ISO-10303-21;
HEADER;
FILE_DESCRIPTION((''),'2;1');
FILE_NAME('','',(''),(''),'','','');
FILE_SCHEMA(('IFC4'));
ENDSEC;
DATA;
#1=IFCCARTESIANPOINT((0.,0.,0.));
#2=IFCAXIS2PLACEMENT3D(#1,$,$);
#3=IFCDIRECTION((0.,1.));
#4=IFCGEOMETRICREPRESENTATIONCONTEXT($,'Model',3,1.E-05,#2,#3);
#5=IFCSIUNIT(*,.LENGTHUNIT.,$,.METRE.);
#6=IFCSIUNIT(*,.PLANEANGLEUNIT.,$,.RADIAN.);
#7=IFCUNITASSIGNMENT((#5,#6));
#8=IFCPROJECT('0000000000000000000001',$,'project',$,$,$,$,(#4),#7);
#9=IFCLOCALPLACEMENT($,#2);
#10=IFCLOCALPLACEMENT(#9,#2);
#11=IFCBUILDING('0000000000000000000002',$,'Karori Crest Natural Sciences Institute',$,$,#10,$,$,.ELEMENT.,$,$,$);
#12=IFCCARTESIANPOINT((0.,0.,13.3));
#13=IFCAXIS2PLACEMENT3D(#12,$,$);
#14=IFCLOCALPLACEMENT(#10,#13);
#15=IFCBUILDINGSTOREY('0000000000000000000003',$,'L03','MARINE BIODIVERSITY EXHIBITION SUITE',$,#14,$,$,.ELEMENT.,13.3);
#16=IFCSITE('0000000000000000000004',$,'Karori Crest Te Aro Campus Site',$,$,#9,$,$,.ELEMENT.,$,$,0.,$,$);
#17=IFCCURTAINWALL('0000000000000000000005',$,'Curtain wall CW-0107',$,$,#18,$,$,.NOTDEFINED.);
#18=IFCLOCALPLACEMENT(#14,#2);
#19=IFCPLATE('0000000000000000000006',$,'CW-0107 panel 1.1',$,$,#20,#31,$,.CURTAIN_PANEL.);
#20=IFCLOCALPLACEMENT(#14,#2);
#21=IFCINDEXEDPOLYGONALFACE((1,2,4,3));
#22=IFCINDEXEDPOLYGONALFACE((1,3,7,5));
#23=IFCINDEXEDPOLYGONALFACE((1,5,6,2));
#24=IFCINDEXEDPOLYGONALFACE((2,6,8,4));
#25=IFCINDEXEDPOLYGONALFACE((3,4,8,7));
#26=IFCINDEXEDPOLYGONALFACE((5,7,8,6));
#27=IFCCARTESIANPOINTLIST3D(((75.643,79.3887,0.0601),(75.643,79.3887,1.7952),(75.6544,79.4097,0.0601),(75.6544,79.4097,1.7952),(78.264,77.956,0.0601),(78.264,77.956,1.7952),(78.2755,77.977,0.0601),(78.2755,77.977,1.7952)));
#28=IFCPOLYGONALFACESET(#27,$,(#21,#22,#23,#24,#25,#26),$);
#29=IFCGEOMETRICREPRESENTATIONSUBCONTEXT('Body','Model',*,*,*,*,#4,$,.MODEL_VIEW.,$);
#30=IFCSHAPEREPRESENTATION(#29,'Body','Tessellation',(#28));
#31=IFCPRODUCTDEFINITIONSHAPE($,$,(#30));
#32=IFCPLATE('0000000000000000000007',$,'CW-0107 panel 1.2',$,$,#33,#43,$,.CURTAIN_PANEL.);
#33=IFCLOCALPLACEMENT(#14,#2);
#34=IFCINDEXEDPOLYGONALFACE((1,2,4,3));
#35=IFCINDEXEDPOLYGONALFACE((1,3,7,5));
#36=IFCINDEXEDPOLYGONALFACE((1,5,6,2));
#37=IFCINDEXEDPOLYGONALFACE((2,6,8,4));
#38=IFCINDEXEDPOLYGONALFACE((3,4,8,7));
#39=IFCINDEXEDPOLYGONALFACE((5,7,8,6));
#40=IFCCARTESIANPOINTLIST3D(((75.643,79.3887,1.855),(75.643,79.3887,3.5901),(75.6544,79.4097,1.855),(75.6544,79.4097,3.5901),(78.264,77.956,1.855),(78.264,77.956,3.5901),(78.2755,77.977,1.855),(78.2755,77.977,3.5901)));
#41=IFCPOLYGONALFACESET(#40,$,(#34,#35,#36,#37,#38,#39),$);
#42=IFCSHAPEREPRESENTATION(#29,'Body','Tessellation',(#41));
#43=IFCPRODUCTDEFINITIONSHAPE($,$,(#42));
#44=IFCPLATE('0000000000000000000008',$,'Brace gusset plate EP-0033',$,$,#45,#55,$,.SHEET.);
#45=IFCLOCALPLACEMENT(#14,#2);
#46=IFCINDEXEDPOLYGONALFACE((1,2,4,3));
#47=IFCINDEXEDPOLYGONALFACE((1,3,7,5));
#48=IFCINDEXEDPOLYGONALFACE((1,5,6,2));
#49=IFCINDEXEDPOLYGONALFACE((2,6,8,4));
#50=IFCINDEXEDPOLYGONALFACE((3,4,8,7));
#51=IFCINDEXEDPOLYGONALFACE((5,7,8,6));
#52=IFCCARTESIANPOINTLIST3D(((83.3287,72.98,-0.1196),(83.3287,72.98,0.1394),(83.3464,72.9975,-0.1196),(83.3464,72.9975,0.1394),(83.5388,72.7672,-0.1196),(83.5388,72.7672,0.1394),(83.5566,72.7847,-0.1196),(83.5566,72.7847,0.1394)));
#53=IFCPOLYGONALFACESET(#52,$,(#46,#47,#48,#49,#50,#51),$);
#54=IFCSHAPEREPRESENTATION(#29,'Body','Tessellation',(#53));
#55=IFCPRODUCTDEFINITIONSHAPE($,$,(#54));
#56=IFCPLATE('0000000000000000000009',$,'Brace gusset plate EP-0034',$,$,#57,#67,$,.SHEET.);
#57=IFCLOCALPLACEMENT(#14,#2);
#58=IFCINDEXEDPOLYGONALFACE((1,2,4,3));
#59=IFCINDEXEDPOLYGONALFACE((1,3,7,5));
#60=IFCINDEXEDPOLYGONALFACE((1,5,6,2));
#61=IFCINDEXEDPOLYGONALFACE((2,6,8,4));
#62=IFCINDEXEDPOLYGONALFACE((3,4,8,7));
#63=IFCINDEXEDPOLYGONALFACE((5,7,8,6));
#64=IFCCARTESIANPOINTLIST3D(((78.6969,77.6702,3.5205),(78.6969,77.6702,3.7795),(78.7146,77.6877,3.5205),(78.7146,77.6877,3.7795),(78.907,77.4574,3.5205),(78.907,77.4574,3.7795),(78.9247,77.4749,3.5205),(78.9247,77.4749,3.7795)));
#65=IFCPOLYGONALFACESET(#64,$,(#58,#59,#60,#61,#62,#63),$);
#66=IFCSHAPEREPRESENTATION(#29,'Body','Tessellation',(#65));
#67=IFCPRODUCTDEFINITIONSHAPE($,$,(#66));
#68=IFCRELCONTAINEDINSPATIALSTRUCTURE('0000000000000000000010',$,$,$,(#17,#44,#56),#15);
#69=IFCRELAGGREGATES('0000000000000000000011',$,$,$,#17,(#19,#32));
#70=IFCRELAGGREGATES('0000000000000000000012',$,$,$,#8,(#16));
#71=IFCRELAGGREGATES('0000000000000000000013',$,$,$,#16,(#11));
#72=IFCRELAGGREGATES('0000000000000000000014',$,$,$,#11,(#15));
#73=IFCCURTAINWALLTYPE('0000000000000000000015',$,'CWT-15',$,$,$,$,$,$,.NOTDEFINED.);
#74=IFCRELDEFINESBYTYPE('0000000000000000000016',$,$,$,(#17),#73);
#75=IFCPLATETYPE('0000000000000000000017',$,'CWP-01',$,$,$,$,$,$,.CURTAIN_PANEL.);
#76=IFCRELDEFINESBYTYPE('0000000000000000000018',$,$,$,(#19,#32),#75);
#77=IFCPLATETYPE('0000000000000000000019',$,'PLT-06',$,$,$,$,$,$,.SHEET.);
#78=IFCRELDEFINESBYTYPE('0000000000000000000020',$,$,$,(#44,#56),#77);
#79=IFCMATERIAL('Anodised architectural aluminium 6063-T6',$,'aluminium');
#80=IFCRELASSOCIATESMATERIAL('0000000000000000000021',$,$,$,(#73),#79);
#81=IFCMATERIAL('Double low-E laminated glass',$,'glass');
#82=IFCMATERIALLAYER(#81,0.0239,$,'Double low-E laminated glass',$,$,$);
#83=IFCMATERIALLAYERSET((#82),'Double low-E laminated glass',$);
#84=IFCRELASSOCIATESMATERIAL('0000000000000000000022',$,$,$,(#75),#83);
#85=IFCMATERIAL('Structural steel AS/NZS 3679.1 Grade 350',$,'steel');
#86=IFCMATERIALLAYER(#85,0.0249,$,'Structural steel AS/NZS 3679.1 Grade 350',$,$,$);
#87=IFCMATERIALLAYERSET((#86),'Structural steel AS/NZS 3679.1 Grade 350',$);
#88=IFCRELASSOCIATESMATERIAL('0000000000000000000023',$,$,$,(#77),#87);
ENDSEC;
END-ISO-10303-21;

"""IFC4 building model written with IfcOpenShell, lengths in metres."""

from ifc_helpers import new_model, si_unit, direction, frame, origin, origin_2d, place, context, subcontext, project, spatial, rectangle, extrude, material, layer, layer_set, type_object, element, aggregate, save


model = new_model("IFC4")

# Units and contexts
model_context = context("Model", 3, precision=1e-05, world=origin(), true_north=direction((0.0, 1.0)))
body_context = subcontext(model_context, "Body", "Model", "MODEL_VIEW")
ifc_project = project(units=[si_unit("LENGTHUNIT", "METRE"), si_unit("PLANEANGLEUNIT", "RADIAN")], contexts=[model_context])

# Site, building, storey
site_placement = place(None, origin())
site = spatial("IfcSite", under=ifc_project, at=site_placement, Name="Karori Crest Te Aro Campus Site", CompositionType="ELEMENT", RefElevation=0.0)
building_placement = place(site_placement, origin())
building = spatial("IfcBuilding", under=site, at=building_placement, Name="Karori Crest Natural Sciences Institute", CompositionType="ELEMENT")
storey_placement = place(building_placement, frame((0.0, 0.0, 13.3)))
storey = spatial("IfcBuildingStorey", under=building, at=storey_placement, Name="L03", Description="MARINE BIODIVERSITY EXHIBITION SUITE", CompositionType="ELEMENT", Elevation=13.3)

# Shared definitions
ifc_material_1 = material(Name="Structural steel AS/NZS 3679.1 Grade 350", Category="steel")

# Curtain wall
ifc_material_2 = material(Name="Anodised architectural aluminium 6063-T6", Category="aluminium")
curtain_wall_type_1 = type_object("IfcCurtainWallType", Name="CWT-15", PredefinedType="NOTDEFINED", material=ifc_material_2)
curtain_wall_1_placement = place(storey_placement, origin())
curtain_wall_1 = element("IfcCurtainWall", 1, at=curtain_wall_1_placement, inside=storey, type_object=curtain_wall_type_1, Name="Curtain wall CW-0107", PredefinedType="NOTDEFINED")

# Plates
ifc_material_3 = material(Name="Double low-E laminated glass", Category="glass")
ifc_layer_1 = layer(ifc_material_3, 0.0239, Name="Double low-E laminated glass")
ifc_layer_set_1 = layer_set([ifc_layer_1], Name="Double low-E laminated glass")
plate_type_1 = type_object("IfcPlateType", Name="CWP-01", PredefinedType="CURTAIN_PANEL", material=ifc_layer_set_1)
plate_1_placement = place(storey_placement, frame((76.9592, 78.6829, 0.0601), z_axis=(0.0, 0.0, 1.0), x_axis=(-0.87747, 0.479631, 0.0)))
plate_1 = element("IfcPlate", 2, at=plate_1_placement, type_object=plate_type_1, Name="CW-0107 panel 1.1", PredefinedType="CURTAIN_PANEL", context=body_context, shape_type="SweptSolid", body=[
    extrude(rectangle(XDim=2.9871, YDim=0.0239, at=origin_2d()), origin(), (0.0, 0.0, 1.0), 1.7351),
])
plate_2_placement = place(storey_placement, frame((76.9592, 78.6829, 1.855), z_axis=(0.0, 0.0, 1.0), x_axis=(-0.87747, 0.479631, 0.0)))
plate_2 = element("IfcPlate", 3, at=plate_2_placement, type_object=plate_type_1, Name="CW-0107 panel 1.2", PredefinedType="CURTAIN_PANEL", context=body_context, shape_type="SweptSolid", body=[
    extrude(rectangle(XDim=2.9871, YDim=0.0239, at=origin_2d()), origin(), (0.0, 0.0, 1.0), 1.7351),
])
aggregate(curtain_wall_1, [plate_1, plate_2])

# Plates
ifc_layer_2 = layer(ifc_material_1, 0.0249, Name="Structural steel AS/NZS 3679.1 Grade 350")
ifc_layer_set_2 = layer_set([ifc_layer_2], Name="Structural steel AS/NZS 3679.1 Grade 350")
plate_type_2 = type_object("IfcPlateType", Name="PLT-06", PredefinedType="SHEET", material=ifc_layer_set_2)
for number, where, z_axis, x_axis, name in (
    (4, (83.4426, 72.8823, -0.1196), (0.0, 0.0, 1.0), (-0.702664, 0.711522, 0.0), "Brace gusset plate EP-0033"),
    (5, (78.8108, 77.5725, 3.5205), (0.0, 0.0, 1.0), (-0.702664, 0.711522, 0.0), "Brace gusset plate EP-0034"),
):
    element("IfcPlate", number, at=place(storey_placement, frame(where, z_axis=z_axis, x_axis=x_axis)), inside=storey, type_object=plate_type_2, Name=name, PredefinedType="SHEET", context=body_context, shape_type="SweptSolid", body=[
        extrude(rectangle(XDim=0.2991, YDim=0.0249, at=origin_2d()), origin(), (0.0, 0.0, 1.0), 0.259),
    ])

save(model, "model.ifc")
